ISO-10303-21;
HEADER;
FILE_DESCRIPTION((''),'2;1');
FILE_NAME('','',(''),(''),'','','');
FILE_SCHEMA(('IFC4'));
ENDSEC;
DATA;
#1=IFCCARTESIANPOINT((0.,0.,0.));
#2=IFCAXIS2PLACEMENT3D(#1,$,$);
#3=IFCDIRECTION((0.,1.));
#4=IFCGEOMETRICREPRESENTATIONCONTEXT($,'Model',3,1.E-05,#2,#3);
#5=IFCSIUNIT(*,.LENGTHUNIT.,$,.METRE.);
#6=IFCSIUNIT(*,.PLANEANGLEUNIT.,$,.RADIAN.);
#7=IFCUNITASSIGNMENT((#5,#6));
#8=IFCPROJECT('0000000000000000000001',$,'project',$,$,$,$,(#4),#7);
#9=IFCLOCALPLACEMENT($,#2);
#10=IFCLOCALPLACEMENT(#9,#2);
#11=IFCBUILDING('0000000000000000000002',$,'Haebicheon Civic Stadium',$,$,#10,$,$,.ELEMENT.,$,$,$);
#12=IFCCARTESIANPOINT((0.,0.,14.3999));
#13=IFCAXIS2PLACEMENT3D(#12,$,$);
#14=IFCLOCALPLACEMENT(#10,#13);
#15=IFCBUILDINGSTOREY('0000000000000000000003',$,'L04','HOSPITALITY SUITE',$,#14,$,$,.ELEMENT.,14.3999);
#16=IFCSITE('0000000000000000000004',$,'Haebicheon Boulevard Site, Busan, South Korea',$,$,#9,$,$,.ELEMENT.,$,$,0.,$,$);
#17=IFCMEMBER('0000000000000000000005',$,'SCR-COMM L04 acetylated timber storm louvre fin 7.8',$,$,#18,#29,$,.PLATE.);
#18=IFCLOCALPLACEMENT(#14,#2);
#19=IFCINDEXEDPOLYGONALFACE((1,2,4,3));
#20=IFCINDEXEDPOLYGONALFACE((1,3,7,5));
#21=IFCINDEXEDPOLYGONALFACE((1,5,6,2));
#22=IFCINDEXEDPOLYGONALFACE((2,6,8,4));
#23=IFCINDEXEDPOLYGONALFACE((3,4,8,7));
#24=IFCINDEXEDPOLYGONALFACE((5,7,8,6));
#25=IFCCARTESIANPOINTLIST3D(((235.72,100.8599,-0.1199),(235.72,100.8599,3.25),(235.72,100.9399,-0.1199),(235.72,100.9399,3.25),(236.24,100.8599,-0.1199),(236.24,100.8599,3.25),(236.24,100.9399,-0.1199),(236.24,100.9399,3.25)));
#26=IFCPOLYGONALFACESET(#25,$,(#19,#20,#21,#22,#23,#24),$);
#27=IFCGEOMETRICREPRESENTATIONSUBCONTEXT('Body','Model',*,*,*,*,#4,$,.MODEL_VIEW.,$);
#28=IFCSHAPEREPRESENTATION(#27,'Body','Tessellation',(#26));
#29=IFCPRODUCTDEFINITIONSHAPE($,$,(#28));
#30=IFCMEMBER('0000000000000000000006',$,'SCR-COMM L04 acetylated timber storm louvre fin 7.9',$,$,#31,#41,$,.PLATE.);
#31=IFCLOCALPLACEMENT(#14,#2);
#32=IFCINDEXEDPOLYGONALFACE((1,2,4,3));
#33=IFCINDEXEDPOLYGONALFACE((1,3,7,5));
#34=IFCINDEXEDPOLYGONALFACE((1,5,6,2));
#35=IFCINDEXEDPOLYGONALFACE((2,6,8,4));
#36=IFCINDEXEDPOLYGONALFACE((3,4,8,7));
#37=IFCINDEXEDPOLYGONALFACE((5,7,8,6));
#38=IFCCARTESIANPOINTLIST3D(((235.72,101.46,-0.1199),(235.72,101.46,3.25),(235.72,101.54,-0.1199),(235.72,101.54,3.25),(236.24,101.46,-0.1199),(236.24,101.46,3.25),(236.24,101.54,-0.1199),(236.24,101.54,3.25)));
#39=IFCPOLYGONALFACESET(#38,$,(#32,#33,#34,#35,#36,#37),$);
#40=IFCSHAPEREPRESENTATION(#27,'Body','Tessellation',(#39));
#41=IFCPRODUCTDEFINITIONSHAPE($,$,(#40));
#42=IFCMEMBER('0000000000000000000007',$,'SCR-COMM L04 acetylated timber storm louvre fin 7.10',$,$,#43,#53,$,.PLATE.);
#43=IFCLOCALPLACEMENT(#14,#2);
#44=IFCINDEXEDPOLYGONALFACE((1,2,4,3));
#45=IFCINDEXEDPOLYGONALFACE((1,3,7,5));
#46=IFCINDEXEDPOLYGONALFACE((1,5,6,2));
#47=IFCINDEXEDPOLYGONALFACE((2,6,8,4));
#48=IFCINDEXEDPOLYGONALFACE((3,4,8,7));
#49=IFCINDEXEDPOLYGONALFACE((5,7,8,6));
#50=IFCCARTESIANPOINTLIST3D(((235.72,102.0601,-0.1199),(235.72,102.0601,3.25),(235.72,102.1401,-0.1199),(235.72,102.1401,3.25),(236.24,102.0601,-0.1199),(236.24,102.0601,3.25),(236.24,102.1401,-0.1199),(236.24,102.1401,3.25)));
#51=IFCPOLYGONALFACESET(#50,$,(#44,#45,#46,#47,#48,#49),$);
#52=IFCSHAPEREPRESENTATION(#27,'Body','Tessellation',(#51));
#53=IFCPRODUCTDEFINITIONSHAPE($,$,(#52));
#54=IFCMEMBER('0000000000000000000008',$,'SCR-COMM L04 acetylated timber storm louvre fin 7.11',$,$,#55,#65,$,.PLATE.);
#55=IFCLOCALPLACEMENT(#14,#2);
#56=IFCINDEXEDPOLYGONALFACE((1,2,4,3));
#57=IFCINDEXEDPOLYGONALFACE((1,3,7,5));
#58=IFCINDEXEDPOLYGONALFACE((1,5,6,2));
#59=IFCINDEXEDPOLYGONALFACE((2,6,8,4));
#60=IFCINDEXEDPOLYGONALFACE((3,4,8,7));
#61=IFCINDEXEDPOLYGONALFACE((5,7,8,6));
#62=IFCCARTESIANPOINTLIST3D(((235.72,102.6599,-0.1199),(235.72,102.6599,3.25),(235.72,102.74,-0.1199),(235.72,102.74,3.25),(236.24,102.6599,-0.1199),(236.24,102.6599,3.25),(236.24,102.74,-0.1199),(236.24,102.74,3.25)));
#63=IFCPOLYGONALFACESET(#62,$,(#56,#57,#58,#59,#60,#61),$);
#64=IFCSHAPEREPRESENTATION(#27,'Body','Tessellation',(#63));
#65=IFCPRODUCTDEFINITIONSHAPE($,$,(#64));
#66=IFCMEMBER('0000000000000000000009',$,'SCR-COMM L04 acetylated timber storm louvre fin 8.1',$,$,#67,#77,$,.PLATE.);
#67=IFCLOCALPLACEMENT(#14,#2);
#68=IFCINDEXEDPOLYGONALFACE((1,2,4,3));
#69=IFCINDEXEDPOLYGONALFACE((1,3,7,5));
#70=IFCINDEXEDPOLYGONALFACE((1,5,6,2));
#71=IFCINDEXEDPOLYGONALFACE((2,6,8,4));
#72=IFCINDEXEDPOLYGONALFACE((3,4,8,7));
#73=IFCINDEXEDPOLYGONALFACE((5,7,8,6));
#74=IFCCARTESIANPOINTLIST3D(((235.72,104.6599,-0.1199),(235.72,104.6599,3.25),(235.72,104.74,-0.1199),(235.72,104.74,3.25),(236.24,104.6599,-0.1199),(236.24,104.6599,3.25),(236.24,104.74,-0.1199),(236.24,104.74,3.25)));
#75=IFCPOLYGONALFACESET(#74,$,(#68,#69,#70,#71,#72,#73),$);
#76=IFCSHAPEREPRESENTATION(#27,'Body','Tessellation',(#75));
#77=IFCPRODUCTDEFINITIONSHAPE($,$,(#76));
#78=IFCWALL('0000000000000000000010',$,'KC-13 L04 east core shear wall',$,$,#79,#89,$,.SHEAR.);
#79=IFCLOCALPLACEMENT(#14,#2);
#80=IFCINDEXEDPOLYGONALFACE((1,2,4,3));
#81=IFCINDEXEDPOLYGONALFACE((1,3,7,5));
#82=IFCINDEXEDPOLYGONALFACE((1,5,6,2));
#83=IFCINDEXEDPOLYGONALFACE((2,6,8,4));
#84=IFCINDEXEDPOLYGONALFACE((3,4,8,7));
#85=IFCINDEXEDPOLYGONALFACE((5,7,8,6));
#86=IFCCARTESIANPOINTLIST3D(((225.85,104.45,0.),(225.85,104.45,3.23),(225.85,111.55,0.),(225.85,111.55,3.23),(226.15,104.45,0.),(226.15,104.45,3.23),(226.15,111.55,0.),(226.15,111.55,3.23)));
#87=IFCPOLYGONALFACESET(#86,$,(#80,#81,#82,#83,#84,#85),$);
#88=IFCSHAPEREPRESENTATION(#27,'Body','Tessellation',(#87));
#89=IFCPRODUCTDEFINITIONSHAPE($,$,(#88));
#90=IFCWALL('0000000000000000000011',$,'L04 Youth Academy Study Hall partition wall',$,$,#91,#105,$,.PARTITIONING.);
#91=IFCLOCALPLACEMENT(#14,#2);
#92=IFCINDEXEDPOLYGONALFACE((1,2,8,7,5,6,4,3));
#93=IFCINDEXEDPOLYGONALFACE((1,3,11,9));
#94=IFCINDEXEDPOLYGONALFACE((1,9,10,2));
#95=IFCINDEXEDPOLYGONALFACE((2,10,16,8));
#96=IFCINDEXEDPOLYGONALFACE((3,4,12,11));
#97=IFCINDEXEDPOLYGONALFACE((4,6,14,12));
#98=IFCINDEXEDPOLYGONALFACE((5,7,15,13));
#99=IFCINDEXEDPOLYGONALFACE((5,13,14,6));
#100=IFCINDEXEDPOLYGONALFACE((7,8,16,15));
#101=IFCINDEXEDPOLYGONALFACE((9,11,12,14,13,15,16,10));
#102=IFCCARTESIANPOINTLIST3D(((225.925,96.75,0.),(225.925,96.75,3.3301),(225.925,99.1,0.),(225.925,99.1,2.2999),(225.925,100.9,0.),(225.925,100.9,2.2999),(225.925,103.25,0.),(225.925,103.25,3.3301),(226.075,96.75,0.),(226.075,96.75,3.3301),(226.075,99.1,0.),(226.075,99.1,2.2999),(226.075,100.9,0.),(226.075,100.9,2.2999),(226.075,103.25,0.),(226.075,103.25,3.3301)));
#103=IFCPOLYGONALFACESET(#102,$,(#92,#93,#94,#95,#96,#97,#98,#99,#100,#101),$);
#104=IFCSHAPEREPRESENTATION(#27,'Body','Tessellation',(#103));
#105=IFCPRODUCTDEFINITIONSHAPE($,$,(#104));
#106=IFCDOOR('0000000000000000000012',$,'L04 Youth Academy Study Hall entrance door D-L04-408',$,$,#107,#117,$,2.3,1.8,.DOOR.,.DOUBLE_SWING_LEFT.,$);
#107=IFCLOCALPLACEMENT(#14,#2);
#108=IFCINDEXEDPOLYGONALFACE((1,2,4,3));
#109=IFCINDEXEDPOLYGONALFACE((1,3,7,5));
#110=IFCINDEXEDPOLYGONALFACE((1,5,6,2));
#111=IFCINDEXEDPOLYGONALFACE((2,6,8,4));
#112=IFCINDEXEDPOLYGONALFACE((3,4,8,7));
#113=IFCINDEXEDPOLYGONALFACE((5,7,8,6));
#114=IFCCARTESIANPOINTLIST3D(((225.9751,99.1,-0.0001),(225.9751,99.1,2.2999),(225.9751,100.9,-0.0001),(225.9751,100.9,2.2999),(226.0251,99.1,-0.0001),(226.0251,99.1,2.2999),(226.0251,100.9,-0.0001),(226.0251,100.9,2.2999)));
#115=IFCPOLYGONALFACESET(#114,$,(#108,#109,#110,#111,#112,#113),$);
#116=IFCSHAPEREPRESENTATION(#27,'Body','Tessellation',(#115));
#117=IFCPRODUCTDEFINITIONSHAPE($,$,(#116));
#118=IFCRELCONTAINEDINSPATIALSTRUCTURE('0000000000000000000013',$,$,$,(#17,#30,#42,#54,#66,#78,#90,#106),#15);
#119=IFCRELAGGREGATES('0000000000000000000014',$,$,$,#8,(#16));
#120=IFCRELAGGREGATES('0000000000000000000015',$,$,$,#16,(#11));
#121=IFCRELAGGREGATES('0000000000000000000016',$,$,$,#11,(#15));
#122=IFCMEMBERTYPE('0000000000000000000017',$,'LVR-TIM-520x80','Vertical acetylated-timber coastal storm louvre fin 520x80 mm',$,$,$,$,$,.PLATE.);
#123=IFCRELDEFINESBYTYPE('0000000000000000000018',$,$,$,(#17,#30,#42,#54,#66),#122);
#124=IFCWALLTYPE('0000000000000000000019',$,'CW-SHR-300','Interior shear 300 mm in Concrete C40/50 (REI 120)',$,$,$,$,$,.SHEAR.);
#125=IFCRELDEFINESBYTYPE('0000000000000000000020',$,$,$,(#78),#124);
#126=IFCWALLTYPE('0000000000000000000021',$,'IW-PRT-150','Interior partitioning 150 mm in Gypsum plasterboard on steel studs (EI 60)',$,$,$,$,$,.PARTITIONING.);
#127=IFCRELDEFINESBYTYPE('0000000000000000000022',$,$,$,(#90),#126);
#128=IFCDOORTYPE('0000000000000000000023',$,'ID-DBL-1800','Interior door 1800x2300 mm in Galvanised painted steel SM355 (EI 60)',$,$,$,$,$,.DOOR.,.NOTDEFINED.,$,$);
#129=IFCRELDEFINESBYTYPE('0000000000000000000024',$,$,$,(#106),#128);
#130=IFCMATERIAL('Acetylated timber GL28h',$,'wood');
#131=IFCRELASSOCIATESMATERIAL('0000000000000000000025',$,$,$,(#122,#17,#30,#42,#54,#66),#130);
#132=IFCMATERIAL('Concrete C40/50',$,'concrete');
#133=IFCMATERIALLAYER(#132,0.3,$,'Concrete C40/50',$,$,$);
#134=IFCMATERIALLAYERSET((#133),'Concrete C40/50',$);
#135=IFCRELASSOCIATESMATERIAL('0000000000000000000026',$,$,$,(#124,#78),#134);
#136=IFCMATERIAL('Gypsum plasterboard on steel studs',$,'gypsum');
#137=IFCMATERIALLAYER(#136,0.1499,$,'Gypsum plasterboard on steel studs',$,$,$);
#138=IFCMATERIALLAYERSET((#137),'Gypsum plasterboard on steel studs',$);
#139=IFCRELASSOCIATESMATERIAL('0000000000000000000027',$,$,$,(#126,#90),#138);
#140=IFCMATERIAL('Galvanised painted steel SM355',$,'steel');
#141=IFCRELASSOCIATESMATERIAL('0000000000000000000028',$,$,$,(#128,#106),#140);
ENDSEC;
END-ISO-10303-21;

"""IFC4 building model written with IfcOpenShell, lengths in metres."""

from ifc_helpers import new_model, si_unit, direction, frame, frame_2d, origin, origin_2d, place, context, subcontext, project, spatial, rectangle, extrude, material, layer, layer_set, material_profile, profile_set, type_object, element, fill, save


model = new_model("IFC4")

# Units and contexts
model_context = context("Model", 3, precision=1e-05, world=origin(), true_north=direction((0.0, 1.0)))
body_context = subcontext(model_context, "Body", "Model", "MODEL_VIEW")
ifc_project = project(units=[si_unit("LENGTHUNIT", "METRE"), si_unit("PLANEANGLEUNIT", "RADIAN")], contexts=[model_context])

# Site, building, storey
site_placement = place(None, origin())
site = spatial("IfcSite", under=ifc_project, at=site_placement, Name="Haebicheon Boulevard Site, Busan, South Korea", CompositionType="ELEMENT", RefElevation=0.0)
building_placement = place(site_placement, origin())
building = spatial("IfcBuilding", under=site, at=building_placement, Name="Haebicheon Civic Stadium", CompositionType="ELEMENT")
storey_placement = place(building_placement, frame((0.0, 0.0, 14.3999)))
storey = spatial("IfcBuildingStorey", under=building, at=storey_placement, Name="L04", Description="HOSPITALITY SUITE", CompositionType="ELEMENT", Elevation=14.3999)

# Members
ifc_material_1 = material(Name="Acetylated timber GL28h", Category="wood")
ifc_material_profile_1 = material_profile(ifc_material_1, rectangle(XDim=0.0801, YDim=0.52, at=origin_2d()), Name="TMB-LOUV-80x520")
ifc_profile_set_1 = profile_set([ifc_material_profile_1], Name="Acetylated timber GL28h")
member_type = type_object("IfcMemberType", Name="LVR-TIM-520x80", Description="Vertical acetylated-timber coastal storm louvre fin 520x80 mm", PredefinedType="PLATE", material=ifc_profile_set_1)
for number, where, z_axis, x_axis, name in (
    (1, (235.98, 100.8999, -0.1199), (0.0, 0.0, 1.0), (0.0, 1.0, 0.0), "SCR-COMM L04 acetylated timber storm louvre fin 7.8"),
    (2, (235.98, 101.5, -0.1199), (0.0, 0.0, 1.0), (0.0, 1.0, 0.0), "SCR-COMM L04 acetylated timber storm louvre fin 7.9"),
    (3, (235.98, 102.1001, -0.1199), (0.0, 0.0, 1.0), (0.0, 1.0, 0.0), "SCR-COMM L04 acetylated timber storm louvre fin 7.10"),
    (4, (235.98, 102.7, -0.1199), (0.0, 0.0, 1.0), (0.0, 1.0, 0.0), "SCR-COMM L04 acetylated timber storm louvre fin 7.11"),
    (5, (235.98, 104.7, -0.1199), (0.0, 0.0, 1.0), (0.0, 1.0, 0.0), "SCR-COMM L04 acetylated timber storm louvre fin 8.1"),
):
    element("IfcMember", number, at=place(storey_placement, frame(where, z_axis=z_axis, x_axis=x_axis)), inside=storey, type_object=member_type, material=ifc_profile_set_1, Name=name, PredefinedType="PLATE", context=body_context, shape_type="SweptSolid", body=[
        extrude(rectangle(XDim=0.0801, YDim=0.52, at=origin_2d()), origin(), (0.0, 0.0, 1.0), 3.3699),
    ])

# Wall
ifc_material_2 = material(Name="Concrete C40/50", Category="concrete")
ifc_layer_1 = layer(ifc_material_2, 0.3, Name="Concrete C40/50")
ifc_layer_set_1 = layer_set([ifc_layer_1], Name="Concrete C40/50")
wall_type_1 = type_object("IfcWallType", Name="CW-SHR-300", Description="Interior shear 300 mm in Concrete C40/50 (REI 120)", PredefinedType="SHEAR", material=ifc_layer_set_1)
wall_1_placement = place(storey_placement, frame((226.0, 104.45, 0.0), z_axis=(0.0, 0.0, 1.0), x_axis=(0.0, 1.0, 0.0)))
element("IfcWall", 6, at=wall_1_placement, inside=storey, type_object=wall_type_1, material=ifc_layer_set_1, Name="KC-13 L04 east core shear wall", PredefinedType="SHEAR", context=body_context, shape_type="SweptSolid", body=[
    extrude(rectangle(XDim=7.1001, YDim=0.3, at=frame_2d((3.55, 0.0))), origin(), (0.0, 0.0, 1.0), 3.23),
])

# Wall, opening, door
ifc_material_3 = material(Name="Gypsum plasterboard on steel studs", Category="gypsum")
ifc_layer_2 = layer(ifc_material_3, 0.1499, Name="Gypsum plasterboard on steel studs")
ifc_layer_set_2 = layer_set([ifc_layer_2], Name="Gypsum plasterboard on steel studs")
wall_type_2 = type_object("IfcWallType", Name="IW-PRT-150", Description="Interior partitioning 150 mm in Gypsum plasterboard on steel studs (EI 60)", PredefinedType="PARTITIONING", material=ifc_layer_set_2)
wall_2_placement = place(storey_placement, frame((226.0, 96.75, 0.0), z_axis=(0.0, 0.0, 1.0), x_axis=(0.0, 1.0, 0.0)))
wall_2 = element("IfcWall", 7, at=wall_2_placement, inside=storey, type_object=wall_type_2, material=ifc_layer_set_2, Name="L04 Youth Academy Study Hall partition wall", PredefinedType="PARTITIONING", context=body_context, shape_type="SweptSolid", body=[
    extrude(rectangle(XDim=6.5, YDim=0.1499, at=frame_2d((3.25, 0.0))), origin(), (0.0, 0.0, 1.0), 3.3301),
])
opening_placement = place(wall_2_placement, frame((2.3501, 0.0, 0.0)))
opening = element("IfcOpeningElement", 8, at=opening_placement, cuts=wall_2, PredefinedType="OPENING", context=body_context, shape_type="SweptSolid", body=[
    extrude(rectangle(XDim=1.8, YDim=2.3, at=frame_2d((0.8999, 1.1499))), frame((0.0, 0.085, 0.0), z_axis=(0.0, -1.0, 0.0), x_axis=(1.0, 0.0, 0.0)), (0.0, 0.0, 1.0), 0.1699),
])
ifc_material_4 = material(Name="Galvanised painted steel SM355", Category="steel")
door_type = type_object("IfcDoorType", Name="ID-DBL-1800", Description="Interior door 1800x2300 mm in Galvanised painted steel SM355 (EI 60)", OperationType="NOTDEFINED", PredefinedType="DOOR", material=ifc_material_4)
door_placement = place(opening_placement, origin())
door = element("IfcDoor", 9, at=door_placement, inside=storey, type_object=door_type, material=ifc_material_4, Name="L04 Youth Academy Study Hall entrance door D-L04-408", OperationType="DOUBLE_SWING_LEFT", OverallHeight=2.3, OverallWidth=1.8, PredefinedType="DOOR", context=body_context, shape_type="SweptSolid", body=[
    extrude(rectangle(XDim=1.8, YDim=2.3, at=frame_2d((0.8999, 1.1499))), frame((0.0, 0.0249, 0.0), z_axis=(0.0, -1.0, 0.0), x_axis=(1.0, 0.0, 0.0)), (0.0, 0.0, 1.0), 0.05),
])
fill(opening, door)

save(model, "model.ifc")
